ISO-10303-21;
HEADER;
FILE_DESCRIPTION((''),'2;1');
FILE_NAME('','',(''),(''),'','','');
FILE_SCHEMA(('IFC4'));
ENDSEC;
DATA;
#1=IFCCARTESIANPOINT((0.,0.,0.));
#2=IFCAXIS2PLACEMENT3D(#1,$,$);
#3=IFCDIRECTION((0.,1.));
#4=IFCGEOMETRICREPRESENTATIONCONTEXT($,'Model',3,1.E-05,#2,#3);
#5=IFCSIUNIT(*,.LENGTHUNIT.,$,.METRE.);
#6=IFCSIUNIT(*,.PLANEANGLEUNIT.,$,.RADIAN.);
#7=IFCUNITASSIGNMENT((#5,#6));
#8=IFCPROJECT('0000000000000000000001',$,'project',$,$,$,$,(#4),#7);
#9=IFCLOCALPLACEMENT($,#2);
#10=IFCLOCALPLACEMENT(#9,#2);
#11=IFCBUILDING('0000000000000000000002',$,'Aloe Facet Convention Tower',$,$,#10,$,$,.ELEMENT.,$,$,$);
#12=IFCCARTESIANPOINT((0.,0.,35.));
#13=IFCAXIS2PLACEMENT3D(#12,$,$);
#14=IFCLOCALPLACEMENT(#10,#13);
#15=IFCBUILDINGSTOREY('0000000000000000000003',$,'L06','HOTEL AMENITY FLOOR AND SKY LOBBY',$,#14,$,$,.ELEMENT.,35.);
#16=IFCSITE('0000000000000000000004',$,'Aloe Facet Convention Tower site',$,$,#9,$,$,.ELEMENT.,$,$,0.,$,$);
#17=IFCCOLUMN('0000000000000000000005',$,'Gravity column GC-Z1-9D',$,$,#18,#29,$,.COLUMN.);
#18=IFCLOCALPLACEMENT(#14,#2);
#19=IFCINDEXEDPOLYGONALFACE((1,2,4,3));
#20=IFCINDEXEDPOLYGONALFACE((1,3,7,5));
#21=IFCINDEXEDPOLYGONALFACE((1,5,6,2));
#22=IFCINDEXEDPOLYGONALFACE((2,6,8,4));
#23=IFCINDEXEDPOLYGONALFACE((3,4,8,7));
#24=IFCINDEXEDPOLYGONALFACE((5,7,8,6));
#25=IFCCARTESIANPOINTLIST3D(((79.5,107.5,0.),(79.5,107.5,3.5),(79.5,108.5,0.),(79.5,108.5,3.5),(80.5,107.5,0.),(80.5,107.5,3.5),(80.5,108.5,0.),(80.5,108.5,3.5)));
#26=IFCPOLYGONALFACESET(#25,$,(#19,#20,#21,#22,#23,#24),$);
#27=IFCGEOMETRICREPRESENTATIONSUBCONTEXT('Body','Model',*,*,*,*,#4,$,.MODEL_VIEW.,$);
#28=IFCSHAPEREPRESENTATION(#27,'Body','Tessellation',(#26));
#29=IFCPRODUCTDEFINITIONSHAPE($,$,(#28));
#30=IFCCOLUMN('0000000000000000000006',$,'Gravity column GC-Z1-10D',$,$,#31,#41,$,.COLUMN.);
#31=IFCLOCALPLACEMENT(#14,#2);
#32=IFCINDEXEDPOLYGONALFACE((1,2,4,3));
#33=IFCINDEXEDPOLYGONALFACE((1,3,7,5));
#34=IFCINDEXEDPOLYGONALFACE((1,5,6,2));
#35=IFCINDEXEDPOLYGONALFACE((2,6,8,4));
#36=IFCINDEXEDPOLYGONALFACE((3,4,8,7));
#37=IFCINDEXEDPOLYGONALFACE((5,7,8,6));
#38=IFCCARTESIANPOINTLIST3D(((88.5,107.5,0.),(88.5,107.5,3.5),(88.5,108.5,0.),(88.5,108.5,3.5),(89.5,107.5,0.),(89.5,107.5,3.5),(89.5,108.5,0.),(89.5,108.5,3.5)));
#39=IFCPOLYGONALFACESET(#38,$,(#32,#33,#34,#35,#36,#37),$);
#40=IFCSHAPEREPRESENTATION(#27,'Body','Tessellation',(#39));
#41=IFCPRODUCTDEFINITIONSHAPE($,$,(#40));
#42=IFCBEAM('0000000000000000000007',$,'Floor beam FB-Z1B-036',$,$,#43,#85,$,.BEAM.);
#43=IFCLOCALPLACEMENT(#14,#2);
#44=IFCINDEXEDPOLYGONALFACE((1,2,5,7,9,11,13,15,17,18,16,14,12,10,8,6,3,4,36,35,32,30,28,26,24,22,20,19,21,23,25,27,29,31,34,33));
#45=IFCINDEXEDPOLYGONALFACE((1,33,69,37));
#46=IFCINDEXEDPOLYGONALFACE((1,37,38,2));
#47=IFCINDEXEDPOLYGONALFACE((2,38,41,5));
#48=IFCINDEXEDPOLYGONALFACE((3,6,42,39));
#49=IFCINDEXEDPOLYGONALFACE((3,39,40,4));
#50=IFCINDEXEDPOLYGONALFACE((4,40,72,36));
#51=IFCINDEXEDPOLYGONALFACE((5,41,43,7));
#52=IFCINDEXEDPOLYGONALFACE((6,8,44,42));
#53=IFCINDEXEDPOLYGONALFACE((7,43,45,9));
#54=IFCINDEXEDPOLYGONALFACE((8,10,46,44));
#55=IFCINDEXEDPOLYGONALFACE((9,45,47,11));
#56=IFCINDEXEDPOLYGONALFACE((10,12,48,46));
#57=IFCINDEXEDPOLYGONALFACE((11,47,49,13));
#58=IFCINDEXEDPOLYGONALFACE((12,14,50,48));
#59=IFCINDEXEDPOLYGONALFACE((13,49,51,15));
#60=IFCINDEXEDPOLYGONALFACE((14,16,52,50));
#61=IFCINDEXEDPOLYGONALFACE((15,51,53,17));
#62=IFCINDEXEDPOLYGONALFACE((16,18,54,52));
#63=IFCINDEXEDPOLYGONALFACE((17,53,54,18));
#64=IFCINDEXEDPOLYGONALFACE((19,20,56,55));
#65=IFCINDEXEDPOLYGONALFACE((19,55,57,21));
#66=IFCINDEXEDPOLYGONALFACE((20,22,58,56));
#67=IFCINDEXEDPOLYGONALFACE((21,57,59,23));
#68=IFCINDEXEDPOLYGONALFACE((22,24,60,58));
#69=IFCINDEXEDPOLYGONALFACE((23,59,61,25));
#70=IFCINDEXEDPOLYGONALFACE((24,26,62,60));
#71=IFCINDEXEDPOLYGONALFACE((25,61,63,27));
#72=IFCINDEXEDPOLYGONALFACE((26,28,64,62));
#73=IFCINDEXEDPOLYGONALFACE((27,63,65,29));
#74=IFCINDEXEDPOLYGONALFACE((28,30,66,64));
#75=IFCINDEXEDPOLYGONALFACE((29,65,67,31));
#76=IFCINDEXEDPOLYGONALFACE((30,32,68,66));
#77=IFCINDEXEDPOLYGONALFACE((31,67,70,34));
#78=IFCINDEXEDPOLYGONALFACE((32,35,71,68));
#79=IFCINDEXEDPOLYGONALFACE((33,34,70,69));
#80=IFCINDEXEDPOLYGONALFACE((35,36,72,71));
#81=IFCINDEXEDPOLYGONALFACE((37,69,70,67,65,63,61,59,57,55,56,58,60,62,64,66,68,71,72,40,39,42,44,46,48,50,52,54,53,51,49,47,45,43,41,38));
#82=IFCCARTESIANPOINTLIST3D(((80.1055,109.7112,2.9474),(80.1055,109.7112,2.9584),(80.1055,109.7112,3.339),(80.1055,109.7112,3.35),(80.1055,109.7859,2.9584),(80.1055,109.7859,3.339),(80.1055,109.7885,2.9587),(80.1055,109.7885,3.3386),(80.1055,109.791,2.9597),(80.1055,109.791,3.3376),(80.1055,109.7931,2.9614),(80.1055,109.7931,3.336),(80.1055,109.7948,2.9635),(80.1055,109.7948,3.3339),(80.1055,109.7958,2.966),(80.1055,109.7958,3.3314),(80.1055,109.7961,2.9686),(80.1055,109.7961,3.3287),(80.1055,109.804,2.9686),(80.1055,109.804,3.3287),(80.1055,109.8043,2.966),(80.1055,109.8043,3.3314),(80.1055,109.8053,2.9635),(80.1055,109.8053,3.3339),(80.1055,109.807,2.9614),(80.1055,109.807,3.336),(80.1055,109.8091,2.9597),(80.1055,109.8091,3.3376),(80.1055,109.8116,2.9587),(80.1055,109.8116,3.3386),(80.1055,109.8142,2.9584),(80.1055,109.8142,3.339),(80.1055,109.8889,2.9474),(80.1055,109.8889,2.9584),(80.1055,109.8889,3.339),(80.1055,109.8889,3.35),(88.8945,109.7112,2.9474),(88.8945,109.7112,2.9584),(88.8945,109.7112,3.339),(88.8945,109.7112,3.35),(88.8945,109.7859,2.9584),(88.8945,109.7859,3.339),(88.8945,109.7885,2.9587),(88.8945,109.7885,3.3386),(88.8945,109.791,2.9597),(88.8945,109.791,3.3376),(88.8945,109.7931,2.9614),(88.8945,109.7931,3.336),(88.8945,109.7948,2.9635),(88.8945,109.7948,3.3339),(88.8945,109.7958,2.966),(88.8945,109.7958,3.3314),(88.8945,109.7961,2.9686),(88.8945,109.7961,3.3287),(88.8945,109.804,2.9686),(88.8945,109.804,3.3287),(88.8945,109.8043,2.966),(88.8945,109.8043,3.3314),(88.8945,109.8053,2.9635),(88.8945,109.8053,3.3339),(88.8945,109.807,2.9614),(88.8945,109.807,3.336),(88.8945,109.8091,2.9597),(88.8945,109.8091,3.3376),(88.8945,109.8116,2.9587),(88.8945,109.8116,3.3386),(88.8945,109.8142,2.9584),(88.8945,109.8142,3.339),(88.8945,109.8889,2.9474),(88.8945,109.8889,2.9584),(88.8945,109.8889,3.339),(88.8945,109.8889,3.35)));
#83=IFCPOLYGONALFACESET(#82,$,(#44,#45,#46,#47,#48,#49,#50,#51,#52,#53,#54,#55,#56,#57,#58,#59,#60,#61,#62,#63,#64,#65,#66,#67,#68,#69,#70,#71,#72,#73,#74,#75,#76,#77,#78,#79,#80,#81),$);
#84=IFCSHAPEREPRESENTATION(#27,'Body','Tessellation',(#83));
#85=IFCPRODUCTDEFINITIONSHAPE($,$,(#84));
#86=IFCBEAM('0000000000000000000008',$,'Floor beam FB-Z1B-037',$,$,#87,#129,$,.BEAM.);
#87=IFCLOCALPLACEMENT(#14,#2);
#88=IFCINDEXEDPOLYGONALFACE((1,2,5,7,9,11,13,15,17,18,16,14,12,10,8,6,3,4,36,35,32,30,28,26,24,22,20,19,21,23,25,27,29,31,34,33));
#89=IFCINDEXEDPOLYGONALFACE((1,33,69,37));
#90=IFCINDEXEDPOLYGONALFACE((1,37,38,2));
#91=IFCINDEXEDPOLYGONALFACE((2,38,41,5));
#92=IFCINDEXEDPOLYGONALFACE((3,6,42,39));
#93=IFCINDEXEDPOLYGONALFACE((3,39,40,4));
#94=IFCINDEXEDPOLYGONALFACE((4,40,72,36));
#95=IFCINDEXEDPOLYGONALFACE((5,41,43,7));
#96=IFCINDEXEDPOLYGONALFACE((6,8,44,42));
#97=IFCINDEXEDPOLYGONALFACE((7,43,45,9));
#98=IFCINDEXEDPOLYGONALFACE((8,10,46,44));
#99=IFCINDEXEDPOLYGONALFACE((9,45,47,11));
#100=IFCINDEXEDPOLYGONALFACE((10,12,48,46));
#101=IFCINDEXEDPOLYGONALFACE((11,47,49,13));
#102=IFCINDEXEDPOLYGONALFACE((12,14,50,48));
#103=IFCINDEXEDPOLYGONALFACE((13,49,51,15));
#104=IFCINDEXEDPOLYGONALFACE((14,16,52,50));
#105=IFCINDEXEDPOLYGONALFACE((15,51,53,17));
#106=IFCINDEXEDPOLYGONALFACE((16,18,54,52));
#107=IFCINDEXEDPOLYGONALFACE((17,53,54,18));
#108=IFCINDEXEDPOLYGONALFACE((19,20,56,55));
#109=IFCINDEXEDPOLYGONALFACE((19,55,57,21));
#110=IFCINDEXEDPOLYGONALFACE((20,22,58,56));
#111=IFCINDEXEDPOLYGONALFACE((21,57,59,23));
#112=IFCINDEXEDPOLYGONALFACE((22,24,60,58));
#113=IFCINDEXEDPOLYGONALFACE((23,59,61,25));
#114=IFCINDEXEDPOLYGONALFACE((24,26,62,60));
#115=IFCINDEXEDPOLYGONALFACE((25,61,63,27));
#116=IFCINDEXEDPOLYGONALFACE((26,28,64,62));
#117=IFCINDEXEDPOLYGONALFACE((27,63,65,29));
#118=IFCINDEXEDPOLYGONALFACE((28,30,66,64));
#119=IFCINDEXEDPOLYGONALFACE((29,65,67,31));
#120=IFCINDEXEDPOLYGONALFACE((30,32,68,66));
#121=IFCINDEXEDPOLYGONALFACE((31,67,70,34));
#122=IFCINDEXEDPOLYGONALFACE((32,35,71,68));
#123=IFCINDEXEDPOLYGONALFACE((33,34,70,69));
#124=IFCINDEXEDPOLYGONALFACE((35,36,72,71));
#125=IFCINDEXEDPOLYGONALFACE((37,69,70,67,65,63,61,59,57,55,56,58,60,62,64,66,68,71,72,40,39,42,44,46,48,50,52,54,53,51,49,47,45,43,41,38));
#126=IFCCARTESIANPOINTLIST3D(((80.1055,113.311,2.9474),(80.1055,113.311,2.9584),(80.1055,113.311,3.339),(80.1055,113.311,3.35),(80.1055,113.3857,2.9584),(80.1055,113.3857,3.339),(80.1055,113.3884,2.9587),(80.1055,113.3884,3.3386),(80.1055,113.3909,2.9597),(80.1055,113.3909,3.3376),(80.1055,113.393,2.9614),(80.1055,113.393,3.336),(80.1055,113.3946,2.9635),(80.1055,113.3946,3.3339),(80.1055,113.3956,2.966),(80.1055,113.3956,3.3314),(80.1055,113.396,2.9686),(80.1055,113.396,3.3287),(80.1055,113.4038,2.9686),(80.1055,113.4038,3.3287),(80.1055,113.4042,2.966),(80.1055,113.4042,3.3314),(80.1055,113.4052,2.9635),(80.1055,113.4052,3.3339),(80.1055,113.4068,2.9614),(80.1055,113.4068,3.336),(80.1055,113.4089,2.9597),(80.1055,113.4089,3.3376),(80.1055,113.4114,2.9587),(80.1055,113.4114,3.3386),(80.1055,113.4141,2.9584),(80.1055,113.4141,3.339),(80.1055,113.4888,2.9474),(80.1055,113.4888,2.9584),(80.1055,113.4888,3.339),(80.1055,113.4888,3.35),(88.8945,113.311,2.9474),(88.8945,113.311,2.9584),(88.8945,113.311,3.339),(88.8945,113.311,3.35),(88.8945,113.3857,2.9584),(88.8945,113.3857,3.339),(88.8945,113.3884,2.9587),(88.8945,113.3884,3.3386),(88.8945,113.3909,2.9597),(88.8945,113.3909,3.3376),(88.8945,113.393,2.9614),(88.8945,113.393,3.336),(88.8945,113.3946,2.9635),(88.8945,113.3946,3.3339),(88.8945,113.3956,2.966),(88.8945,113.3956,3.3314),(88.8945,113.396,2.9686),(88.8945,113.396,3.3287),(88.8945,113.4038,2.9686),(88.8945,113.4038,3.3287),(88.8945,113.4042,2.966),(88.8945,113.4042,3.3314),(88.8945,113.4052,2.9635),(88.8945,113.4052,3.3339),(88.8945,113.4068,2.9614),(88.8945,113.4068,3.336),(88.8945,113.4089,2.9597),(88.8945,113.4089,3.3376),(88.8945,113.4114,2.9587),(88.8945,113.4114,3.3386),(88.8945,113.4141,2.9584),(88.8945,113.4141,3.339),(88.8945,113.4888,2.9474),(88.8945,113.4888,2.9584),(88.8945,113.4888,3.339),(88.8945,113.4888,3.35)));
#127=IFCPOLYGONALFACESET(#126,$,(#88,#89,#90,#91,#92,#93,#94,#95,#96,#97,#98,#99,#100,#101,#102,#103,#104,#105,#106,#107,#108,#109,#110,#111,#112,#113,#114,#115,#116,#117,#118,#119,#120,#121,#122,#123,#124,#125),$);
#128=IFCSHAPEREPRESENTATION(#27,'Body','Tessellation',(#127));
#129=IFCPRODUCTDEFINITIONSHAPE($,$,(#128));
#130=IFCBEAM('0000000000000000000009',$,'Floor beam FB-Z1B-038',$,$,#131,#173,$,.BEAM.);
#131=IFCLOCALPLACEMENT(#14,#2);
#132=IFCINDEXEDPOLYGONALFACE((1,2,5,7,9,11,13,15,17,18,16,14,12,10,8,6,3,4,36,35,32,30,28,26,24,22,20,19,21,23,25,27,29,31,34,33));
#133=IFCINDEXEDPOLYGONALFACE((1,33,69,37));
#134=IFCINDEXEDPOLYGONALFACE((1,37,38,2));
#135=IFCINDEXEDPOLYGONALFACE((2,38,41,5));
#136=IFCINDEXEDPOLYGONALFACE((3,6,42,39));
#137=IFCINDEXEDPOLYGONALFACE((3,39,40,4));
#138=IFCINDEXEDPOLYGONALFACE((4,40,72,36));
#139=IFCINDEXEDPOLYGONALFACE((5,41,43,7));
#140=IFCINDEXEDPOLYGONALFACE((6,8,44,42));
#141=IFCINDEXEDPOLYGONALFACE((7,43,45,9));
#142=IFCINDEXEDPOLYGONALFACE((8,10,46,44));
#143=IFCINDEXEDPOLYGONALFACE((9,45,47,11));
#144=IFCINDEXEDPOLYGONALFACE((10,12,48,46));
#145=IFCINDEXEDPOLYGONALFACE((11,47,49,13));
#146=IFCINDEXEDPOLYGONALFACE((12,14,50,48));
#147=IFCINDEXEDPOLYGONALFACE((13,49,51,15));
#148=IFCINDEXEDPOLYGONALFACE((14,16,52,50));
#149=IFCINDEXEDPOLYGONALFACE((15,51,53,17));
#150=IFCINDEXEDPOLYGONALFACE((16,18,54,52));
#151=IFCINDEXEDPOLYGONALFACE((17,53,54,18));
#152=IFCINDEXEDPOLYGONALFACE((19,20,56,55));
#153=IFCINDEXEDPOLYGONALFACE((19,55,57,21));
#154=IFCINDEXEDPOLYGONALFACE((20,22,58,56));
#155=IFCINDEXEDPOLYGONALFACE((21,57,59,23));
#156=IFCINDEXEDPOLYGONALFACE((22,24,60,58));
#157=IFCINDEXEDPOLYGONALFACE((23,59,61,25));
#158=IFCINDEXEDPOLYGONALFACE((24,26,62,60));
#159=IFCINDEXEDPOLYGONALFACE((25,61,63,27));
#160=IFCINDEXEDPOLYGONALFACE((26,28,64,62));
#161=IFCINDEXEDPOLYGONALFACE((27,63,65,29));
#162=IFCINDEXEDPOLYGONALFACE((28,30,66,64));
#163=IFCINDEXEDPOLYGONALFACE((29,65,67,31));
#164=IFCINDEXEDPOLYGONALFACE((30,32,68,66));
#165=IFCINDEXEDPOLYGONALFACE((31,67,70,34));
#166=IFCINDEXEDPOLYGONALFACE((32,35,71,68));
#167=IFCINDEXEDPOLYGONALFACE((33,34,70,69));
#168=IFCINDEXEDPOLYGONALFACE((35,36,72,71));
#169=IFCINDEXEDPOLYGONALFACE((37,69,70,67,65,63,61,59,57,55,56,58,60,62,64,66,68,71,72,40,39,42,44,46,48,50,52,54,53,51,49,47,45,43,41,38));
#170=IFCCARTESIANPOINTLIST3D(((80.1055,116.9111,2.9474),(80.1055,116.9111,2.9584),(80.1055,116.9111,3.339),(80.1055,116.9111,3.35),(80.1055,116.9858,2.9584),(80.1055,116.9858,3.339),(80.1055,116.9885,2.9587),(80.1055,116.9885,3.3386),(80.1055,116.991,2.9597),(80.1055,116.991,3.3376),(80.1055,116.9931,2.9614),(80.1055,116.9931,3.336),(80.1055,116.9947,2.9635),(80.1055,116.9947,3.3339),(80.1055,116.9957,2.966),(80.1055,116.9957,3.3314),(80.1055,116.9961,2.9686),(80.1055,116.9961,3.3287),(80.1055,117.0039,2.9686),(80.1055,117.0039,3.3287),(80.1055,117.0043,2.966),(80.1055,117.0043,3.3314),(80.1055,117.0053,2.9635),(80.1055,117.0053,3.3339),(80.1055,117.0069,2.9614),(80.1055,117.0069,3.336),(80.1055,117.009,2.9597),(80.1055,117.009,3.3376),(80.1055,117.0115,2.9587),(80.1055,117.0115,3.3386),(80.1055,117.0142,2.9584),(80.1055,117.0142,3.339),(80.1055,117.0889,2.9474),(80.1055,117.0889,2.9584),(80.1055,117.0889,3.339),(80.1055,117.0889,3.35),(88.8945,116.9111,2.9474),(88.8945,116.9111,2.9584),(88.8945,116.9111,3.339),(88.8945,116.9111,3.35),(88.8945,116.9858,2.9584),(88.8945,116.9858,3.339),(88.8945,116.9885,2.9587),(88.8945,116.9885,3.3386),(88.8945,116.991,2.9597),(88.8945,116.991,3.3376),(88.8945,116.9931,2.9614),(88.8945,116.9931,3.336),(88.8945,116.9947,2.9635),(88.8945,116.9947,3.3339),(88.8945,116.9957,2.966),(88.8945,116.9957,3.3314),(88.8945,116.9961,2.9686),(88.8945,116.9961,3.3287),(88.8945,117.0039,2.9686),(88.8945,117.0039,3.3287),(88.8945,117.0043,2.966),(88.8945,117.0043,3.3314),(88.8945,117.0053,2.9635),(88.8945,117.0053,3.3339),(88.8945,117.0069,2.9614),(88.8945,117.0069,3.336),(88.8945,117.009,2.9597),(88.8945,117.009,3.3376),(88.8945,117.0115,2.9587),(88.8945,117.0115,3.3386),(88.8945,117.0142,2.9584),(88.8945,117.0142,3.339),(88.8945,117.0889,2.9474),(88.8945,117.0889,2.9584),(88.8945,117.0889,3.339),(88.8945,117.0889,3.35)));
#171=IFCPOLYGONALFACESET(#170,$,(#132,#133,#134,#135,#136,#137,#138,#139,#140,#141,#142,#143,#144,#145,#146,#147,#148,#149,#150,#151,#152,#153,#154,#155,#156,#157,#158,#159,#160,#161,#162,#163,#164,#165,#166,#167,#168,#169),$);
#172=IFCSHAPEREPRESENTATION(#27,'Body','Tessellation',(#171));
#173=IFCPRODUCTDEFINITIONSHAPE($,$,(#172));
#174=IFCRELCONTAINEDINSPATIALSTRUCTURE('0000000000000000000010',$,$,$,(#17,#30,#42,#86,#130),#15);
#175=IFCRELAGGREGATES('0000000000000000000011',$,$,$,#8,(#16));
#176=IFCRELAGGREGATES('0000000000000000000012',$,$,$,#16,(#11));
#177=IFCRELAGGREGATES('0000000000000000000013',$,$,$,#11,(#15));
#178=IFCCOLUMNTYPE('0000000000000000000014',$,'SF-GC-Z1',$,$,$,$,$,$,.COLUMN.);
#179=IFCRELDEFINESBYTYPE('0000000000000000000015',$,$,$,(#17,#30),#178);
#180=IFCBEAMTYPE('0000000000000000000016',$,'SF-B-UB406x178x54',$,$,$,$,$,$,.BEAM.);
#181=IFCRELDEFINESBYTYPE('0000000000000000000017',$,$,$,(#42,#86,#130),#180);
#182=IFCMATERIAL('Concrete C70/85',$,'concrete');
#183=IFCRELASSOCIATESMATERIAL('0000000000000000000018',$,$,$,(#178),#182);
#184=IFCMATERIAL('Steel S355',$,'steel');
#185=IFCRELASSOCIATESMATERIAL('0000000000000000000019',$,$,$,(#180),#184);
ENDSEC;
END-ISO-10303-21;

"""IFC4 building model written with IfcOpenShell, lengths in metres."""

from ifc_helpers import new_model, si_unit, direction, frame, origin, origin_2d, place, context, subcontext, project, spatial, rectangle, i_section, extrude, material, material_profile, profile_set, type_object, element, save


model = new_model("IFC4")

# Units and contexts
model_context = context("Model", 3, precision=1e-05, world=origin(), true_north=direction((0.0, 1.0)))
body_context = subcontext(model_context, "Body", "Model", "MODEL_VIEW")
ifc_project = project(units=[si_unit("LENGTHUNIT", "METRE"), si_unit("PLANEANGLEUNIT", "RADIAN")], contexts=[model_context])

# Site, building, storey
site_placement = place(None, origin())
site = spatial("IfcSite", under=ifc_project, at=site_placement, Name="Aloe Facet Convention Tower site", CompositionType="ELEMENT", RefElevation=0.0)
building_placement = place(site_placement, origin())
building = spatial("IfcBuilding", under=site, at=building_placement, Name="Aloe Facet Convention Tower", CompositionType="ELEMENT")
storey_placement = place(building_placement, frame((0.0, 0.0, 35.0)))
storey = spatial("IfcBuildingStorey", under=building, at=storey_placement, Name="L06", Description="HOTEL AMENITY FLOOR AND SKY LOBBY", CompositionType="ELEMENT", Elevation=35.0)

# Columns
ifc_material_1 = material(Name="Concrete C70/85", Category="concrete")
ifc_material_profile_1 = material_profile(ifc_material_1, rectangle(XDim=1.0, YDim=1.0, at=origin_2d()), Name="SF-GC-Z1")
ifc_profile_set_1 = profile_set([ifc_material_profile_1], Name="Concrete C70/85")
column_type = type_object("IfcColumnType", Name="SF-GC-Z1", PredefinedType="COLUMN", material=ifc_profile_set_1)
for number, where, z_axis, x_axis, name in (
    (1, (80.0, 108.0, 0.0), (0.0, 0.0, 1.0), (1.0, 0.0, 0.0), "Gravity column GC-Z1-9D"),
    (2, (89.0, 108.0, 0.0), (0.0, 0.0, 1.0), (1.0, 0.0, 0.0), "Gravity column GC-Z1-10D"),
):
    element("IfcColumn", number, at=place(storey_placement, frame(where, z_axis=z_axis, x_axis=x_axis)), inside=storey, type_object=column_type, Name=name, PredefinedType="COLUMN", context=body_context, shape_type="SweptSolid", body=[
        extrude(rectangle(XDim=1.0, YDim=1.0, at=origin_2d()), origin(), (0.0, 0.0, 1.0), 3.5),
    ])

# Beams
ifc_material_2 = material(Name="Steel S355", Category="steel")
ifc_material_profile_2 = material_profile(ifc_material_2, i_section(OverallWidth=0.1777, OverallDepth=0.4026, WebThickness=0.0078, FlangeThickness=0.011, FilletRadius=0.0103, at=origin_2d()), Name="UB 406x178x54")
ifc_profile_set_2 = profile_set([ifc_material_profile_2], Name="Steel S355")
beam_type_1 = type_object("IfcBeamType", Name="SF-B-UB406x178x54", PredefinedType="BEAM", material=ifc_profile_set_2)
for number, where, z_axis, x_axis, name in (
    (3, (80.1055, 109.8, 3.1487), (1.0, 0.0, 0.0), (0.0, 1.0, 0.0), "Floor beam FB-Z1B-036"),
    (4, (80.1055, 113.3999, 3.1487), (1.0, 0.0, 0.0), (0.0, 1.0, 0.0), "Floor beam FB-Z1B-037"),
    (5, (80.1055, 117.0, 3.1487), (1.0, 0.0, 0.0), (0.0, 1.0, 0.0), "Floor beam FB-Z1B-038"),
):
    element("IfcBeam", number, at=place(storey_placement, frame(where, z_axis=z_axis, x_axis=x_axis)), inside=storey, type_object=beam_type_1, Name=name, PredefinedType="BEAM", context=body_context, shape_type="SweptSolid", body=[
        extrude(i_section(OverallWidth=0.1777, OverallDepth=0.4026, WebThickness=0.0078, FlangeThickness=0.011, FilletRadius=0.0103, at=origin_2d()), origin(), (0.0, 0.0, 1.0), 8.7891),
    ])

save(model, "model.ifc")
